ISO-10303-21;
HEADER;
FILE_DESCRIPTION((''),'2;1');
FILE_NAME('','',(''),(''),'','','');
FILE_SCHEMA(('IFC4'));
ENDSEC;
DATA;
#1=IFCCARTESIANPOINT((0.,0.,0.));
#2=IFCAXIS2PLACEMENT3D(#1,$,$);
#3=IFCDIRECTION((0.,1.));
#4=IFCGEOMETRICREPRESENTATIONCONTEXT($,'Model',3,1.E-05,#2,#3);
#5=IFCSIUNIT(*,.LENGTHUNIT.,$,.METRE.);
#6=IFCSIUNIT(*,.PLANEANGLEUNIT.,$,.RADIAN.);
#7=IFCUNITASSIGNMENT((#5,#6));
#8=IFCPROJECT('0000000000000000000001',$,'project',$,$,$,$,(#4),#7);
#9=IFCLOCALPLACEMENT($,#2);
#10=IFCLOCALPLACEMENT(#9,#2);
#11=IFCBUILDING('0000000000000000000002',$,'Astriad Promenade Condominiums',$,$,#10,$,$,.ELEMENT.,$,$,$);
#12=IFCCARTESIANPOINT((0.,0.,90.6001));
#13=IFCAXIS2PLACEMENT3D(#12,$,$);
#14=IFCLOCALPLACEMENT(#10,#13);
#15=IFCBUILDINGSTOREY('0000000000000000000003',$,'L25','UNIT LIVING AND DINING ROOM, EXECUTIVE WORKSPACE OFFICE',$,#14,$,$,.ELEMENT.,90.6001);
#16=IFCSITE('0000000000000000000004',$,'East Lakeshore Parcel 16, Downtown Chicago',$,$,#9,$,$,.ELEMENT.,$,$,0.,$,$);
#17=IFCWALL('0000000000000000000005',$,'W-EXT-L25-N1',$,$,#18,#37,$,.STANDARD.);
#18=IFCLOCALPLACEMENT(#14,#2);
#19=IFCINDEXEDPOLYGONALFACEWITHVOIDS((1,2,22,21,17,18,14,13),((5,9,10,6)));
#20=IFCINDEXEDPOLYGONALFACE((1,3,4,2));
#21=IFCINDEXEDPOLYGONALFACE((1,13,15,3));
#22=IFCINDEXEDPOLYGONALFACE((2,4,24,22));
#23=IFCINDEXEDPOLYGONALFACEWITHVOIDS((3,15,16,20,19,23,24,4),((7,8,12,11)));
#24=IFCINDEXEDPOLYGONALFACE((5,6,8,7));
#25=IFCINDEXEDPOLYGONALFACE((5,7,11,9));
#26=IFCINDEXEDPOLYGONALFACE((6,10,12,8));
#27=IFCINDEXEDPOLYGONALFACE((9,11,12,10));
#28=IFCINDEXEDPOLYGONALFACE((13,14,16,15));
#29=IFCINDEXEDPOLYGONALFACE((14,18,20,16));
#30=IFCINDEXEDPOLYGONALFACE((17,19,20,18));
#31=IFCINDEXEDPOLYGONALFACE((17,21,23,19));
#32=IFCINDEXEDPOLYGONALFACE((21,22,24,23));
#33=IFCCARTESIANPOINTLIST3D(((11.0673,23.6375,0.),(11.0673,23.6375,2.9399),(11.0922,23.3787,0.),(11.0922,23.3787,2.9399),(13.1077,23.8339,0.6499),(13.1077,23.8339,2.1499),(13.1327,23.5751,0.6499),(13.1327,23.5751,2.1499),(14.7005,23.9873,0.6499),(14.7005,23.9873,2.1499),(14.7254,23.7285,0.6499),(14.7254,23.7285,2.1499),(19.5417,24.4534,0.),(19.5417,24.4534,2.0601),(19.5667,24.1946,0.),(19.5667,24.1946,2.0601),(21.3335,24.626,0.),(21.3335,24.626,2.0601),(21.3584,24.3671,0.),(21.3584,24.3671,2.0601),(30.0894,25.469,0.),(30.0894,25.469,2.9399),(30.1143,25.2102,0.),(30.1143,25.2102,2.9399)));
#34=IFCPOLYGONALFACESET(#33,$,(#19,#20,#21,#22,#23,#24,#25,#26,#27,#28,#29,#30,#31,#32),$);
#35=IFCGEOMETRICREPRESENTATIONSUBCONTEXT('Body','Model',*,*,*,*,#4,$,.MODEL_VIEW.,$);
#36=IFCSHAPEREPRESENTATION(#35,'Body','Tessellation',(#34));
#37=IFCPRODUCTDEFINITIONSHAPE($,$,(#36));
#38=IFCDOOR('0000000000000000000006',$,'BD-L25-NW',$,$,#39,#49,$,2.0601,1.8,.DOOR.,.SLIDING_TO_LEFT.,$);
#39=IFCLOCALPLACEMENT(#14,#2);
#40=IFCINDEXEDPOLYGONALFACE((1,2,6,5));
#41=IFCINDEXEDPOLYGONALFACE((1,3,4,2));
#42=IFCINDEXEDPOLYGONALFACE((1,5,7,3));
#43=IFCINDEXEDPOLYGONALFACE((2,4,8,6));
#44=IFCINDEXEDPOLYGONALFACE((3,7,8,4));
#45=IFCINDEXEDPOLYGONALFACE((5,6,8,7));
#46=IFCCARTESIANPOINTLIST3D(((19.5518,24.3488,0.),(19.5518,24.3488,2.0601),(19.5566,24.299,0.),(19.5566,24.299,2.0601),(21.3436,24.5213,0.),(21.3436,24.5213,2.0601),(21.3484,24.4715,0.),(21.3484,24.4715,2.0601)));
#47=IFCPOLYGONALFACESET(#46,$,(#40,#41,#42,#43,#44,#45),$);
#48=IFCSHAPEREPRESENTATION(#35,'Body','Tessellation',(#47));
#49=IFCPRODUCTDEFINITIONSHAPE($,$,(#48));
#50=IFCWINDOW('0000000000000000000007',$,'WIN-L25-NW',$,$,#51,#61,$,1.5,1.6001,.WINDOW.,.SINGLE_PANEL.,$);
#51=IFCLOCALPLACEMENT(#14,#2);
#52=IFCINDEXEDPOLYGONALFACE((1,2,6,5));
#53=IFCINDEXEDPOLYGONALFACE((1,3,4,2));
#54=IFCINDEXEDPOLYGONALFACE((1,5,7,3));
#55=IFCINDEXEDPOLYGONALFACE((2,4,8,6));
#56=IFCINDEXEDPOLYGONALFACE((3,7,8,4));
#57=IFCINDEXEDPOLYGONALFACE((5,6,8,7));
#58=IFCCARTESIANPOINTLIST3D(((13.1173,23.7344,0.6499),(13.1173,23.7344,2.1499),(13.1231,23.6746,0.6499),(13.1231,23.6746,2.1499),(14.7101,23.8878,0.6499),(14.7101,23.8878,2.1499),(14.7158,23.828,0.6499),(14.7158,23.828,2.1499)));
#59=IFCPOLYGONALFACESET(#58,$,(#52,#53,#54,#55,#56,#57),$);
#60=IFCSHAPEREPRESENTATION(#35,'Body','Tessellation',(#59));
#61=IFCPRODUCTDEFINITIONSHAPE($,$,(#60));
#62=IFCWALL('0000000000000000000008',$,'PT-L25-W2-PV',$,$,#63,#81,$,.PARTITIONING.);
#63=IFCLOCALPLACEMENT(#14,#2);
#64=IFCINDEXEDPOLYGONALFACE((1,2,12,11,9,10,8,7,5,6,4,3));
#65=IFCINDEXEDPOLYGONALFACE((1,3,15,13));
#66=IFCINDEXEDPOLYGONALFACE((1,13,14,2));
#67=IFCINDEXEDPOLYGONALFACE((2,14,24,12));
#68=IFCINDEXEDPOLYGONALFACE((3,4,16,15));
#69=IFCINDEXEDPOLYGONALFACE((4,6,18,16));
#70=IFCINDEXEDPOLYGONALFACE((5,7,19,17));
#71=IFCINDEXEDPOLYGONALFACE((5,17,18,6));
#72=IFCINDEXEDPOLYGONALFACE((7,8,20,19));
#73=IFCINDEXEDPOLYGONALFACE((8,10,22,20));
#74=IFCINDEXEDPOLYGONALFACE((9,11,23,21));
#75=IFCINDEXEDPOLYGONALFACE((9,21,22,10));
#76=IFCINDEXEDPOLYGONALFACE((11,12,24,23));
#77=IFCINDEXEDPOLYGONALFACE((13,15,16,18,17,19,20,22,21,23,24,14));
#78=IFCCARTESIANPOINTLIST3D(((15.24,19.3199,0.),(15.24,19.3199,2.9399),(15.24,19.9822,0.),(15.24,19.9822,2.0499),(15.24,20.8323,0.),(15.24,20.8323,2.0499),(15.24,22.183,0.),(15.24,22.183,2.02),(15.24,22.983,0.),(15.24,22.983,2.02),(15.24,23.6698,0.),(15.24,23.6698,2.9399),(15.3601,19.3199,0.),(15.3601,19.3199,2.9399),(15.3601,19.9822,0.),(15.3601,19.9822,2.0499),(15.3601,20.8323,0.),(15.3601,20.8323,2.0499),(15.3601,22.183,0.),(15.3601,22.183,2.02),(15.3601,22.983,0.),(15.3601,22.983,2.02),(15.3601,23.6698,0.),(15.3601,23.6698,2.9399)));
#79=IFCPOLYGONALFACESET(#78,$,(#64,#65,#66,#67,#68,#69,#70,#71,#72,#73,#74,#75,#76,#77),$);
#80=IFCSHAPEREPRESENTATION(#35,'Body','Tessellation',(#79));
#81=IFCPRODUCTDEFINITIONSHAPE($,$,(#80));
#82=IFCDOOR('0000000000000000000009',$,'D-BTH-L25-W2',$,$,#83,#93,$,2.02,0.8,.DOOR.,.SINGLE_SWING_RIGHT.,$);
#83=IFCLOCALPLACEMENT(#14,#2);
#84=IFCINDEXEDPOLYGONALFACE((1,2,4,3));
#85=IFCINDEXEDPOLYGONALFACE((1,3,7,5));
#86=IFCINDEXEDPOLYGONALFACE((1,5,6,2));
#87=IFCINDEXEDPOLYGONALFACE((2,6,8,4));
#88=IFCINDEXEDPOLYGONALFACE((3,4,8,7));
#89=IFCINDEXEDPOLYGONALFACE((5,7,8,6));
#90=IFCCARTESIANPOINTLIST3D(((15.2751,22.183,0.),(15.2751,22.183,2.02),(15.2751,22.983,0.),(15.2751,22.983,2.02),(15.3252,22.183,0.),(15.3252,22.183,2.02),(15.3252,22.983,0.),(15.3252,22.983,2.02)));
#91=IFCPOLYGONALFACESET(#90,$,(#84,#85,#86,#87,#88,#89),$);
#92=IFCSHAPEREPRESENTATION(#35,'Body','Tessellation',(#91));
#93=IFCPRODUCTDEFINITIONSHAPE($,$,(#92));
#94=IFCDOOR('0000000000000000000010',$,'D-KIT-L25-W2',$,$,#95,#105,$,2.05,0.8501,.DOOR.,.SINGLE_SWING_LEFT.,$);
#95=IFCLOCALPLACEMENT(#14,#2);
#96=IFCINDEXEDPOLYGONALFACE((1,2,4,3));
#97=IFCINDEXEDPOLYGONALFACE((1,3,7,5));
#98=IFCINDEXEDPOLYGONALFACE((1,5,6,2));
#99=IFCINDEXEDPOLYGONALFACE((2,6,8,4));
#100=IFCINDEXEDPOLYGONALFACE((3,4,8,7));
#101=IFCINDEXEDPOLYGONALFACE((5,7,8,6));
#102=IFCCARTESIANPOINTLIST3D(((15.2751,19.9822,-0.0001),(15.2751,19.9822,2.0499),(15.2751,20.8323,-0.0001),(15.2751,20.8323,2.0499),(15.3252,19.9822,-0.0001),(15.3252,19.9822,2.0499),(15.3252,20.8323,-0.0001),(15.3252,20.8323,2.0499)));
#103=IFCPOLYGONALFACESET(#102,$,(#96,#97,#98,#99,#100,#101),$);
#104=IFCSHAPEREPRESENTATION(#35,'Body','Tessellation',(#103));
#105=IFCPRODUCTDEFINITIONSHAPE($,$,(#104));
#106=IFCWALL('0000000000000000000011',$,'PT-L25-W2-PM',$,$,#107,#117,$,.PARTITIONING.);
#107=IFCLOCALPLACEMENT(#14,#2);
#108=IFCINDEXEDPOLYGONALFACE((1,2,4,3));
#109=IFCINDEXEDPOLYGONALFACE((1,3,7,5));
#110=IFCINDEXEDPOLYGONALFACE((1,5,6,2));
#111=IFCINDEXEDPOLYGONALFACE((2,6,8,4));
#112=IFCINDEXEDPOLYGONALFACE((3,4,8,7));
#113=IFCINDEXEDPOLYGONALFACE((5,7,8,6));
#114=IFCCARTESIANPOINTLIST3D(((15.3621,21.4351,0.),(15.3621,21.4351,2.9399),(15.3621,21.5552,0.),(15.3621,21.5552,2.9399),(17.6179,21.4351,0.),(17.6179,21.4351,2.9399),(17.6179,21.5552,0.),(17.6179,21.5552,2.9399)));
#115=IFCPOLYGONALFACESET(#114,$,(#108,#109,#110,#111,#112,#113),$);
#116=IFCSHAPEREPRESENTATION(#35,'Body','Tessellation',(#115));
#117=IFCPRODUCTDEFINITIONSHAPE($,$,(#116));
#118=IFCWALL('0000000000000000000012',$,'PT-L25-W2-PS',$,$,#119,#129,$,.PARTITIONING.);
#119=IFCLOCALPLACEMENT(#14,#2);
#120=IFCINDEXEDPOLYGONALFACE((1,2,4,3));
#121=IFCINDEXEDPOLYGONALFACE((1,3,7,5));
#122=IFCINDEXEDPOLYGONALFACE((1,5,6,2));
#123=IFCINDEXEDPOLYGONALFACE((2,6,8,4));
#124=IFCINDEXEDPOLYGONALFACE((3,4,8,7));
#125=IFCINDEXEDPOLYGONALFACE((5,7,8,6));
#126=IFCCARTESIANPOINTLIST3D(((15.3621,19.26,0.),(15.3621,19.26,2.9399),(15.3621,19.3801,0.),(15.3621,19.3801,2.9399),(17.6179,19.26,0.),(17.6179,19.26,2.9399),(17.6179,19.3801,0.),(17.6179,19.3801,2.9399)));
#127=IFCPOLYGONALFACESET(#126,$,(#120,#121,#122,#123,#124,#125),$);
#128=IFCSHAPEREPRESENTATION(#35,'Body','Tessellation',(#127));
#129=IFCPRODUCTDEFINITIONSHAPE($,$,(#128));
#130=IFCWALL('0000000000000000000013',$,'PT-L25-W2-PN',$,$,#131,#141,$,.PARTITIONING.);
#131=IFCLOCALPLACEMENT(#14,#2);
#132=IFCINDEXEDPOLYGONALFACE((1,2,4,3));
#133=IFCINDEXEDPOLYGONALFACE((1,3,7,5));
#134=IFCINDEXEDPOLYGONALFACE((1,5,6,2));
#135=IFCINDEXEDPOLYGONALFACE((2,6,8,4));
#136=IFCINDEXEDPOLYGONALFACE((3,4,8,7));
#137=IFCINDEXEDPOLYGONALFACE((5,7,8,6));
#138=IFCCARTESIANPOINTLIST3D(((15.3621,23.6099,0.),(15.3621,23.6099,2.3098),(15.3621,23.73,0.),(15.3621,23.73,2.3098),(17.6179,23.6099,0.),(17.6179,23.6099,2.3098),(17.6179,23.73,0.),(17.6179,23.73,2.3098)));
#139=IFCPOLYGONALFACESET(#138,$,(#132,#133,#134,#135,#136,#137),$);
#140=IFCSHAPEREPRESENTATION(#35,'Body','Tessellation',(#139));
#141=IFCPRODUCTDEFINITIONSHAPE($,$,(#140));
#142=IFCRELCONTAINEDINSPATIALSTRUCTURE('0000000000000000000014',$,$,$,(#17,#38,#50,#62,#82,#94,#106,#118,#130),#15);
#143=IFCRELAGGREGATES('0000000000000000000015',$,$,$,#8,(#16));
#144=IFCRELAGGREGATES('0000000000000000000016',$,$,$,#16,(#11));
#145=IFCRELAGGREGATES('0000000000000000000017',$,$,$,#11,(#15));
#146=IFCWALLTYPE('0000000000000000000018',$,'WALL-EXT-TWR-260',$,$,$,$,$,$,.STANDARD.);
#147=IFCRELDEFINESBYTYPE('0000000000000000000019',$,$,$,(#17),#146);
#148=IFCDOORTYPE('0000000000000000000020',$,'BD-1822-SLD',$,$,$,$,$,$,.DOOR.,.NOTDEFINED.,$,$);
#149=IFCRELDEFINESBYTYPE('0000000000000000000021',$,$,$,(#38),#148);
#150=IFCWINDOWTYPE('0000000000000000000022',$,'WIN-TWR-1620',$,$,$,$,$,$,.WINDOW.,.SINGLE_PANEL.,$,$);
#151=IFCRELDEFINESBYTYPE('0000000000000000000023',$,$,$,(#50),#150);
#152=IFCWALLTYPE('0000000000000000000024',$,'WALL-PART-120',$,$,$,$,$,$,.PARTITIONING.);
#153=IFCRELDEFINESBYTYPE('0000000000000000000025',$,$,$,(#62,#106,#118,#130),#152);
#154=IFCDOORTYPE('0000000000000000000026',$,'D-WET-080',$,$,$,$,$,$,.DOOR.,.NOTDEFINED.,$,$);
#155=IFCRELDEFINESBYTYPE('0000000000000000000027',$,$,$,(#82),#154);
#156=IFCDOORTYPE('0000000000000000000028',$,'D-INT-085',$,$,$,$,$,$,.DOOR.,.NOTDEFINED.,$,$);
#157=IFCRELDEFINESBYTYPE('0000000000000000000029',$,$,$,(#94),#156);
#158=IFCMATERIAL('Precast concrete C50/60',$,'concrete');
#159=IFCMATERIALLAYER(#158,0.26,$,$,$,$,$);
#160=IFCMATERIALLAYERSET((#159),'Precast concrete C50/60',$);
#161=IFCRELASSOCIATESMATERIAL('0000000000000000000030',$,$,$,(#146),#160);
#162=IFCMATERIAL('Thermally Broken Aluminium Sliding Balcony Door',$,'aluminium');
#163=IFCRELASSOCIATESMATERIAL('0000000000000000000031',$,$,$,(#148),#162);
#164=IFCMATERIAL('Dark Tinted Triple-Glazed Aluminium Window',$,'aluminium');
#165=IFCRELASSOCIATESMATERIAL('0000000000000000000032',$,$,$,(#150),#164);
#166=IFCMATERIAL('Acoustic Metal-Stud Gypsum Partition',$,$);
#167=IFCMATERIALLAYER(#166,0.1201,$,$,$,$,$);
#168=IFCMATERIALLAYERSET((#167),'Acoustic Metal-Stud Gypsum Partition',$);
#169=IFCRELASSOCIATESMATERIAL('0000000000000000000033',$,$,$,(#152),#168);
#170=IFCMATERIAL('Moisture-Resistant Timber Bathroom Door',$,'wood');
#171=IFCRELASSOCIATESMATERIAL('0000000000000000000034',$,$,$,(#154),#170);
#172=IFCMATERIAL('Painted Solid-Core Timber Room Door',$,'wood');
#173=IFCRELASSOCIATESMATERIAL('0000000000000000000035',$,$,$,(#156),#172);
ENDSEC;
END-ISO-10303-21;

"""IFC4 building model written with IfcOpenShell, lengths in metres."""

from ifc_helpers import new_model, si_unit, direction, frame, frame_2d, origin, place, context, subcontext, project, spatial, rectangle, extrude, source, transform, mapped, material, layer, layer_set, type_object, type_shapes, element, fill, save


model = new_model("IFC4")

# Units and contexts
model_context = context("Model", 3, precision=1e-05, world=origin(), true_north=direction((0.0, 1.0)))
body_context = subcontext(model_context, "Body", "Model", "MODEL_VIEW")
ifc_project = project(units=[si_unit("LENGTHUNIT", "METRE"), si_unit("PLANEANGLEUNIT", "RADIAN")], contexts=[model_context])

# Site, building, storey
site_placement = place(None, origin())
site = spatial("IfcSite", under=ifc_project, at=site_placement, Name="East Lakeshore Parcel 16, Downtown Chicago", CompositionType="ELEMENT", RefElevation=0.0)
building_placement = place(site_placement, origin())
building = spatial("IfcBuilding", under=site, at=building_placement, Name="Astriad Promenade Condominiums", CompositionType="ELEMENT")
storey_placement = place(building_placement, frame((0.0, 0.0, 90.6001)))
storey = spatial("IfcBuildingStorey", under=building, at=storey_placement, Name="L25", Description="UNIT LIVING AND DINING ROOM, EXECUTIVE WORKSPACE OFFICE", CompositionType="ELEMENT", Elevation=90.6001)

# Shared definitions
ifc_material_1 = material(Name="Precast concrete C50/60", Category="concrete")
ifc_layer_1 = layer(ifc_material_1, 0.26)
ifc_layer_set_1 = layer_set([ifc_layer_1], Name="Precast concrete C50/60")
wall_type_1 = type_object("IfcWallType", Name="WALL-EXT-TWR-260", PredefinedType="STANDARD", material=ifc_layer_set_1)

# Wall, openings, door, window
wall_1_placement = place(storey_placement, frame((11.0796, 23.5081, 0.0), z_axis=(0.0, 0.0, 1.0), x_axis=(0.995397, 0.095841, 0.0)))
wall_1 = element("IfcWall", 1, at=wall_1_placement, inside=storey, type_object=wall_type_1, Name="W-EXT-L25-N1", PredefinedType="STANDARD", context=body_context, shape_type="SweptSolid", body=[
    extrude(rectangle(XDim=19.1101, YDim=0.26, at=frame_2d((9.5552, 0.0))), origin(), (0.0, 0.0, 1.0), 2.9399),
])
opening_1_placement = place(wall_1_placement, frame((8.5139, 0.0, 0.0)))
opening_1 = element("IfcOpeningElement", 2, at=opening_1_placement, cuts=wall_1, PredefinedType="OPENING", context=body_context, shape_type="SweptSolid", body=[
    extrude(rectangle(XDim=1.8, YDim=2.0601, at=frame_2d((0.8999, 1.03))), frame((0.0, 0.1399, 0.0), z_axis=(0.0, -1.0, 0.0), x_axis=(1.0, 0.0, 0.0)), (0.0, 0.0, 1.0), 0.28),
])
opening_2_placement = place(wall_1_placement, frame((2.05, 0.0, 0.6499)))
opening_2 = element("IfcOpeningElement", 3, at=opening_2_placement, cuts=wall_1, PredefinedType="OPENING", context=body_context, shape_type="SweptSolid", body=[
    extrude(rectangle(XDim=1.6001, YDim=1.5, at=frame_2d((0.8, 0.75))), frame((0.0, 0.1399, 0.0), z_axis=(0.0, -1.0, 0.0), x_axis=(1.0, 0.0, 0.0)), (0.0, 0.0, 1.0), 0.28),
])
ifc_material_2 = material(Name="Thermally Broken Aluminium Sliding Balcony Door", Category="aluminium")
door_type_1 = type_object("IfcDoorType", Name="BD-1822-SLD", OperationType="NOTDEFINED", PredefinedType="DOOR", material=ifc_material_2)
shared_shape_1 = source(origin(), body_context, "Body", "SweptSolid", [
    extrude(rectangle(XDim=1.8, YDim=2.0601, at=frame_2d((0.8999, 1.03))), frame((0.0, 0.0249, 0.0), z_axis=(0.0, -1.0, 0.0), x_axis=(1.0, 0.0, 0.0)), (0.0, 0.0, 1.0), 0.05),
])
type_shapes(door_type_1, [shared_shape_1])
door_1_placement = place(opening_1_placement, origin())
door_1 = element("IfcDoor", 4, at=door_1_placement, inside=storey, type_object=door_type_1, Name="BD-L25-NW", OperationType="SLIDING_TO_LEFT", OverallHeight=2.0601, OverallWidth=1.8, PredefinedType="DOOR", context=body_context, shape_type="MappedRepresentation", body=[
    mapped(shared_shape_1, transform((0.0, 0.0, 0.0), scale=1.0)),
])
fill(opening_1, door_1)
ifc_material_3 = material(Name="Dark Tinted Triple-Glazed Aluminium Window", Category="aluminium")
window_type = type_object("IfcWindowType", Name="WIN-TWR-1620", PartitioningType="SINGLE_PANEL", PredefinedType="WINDOW", material=ifc_material_3)
shared_shape_2 = source(origin(), body_context, "Body", "SweptSolid", [
    extrude(rectangle(XDim=1.6001, YDim=1.5, at=frame_2d((0.8, 0.75))), frame((0.0, 0.03, 0.0), z_axis=(0.0, -1.0, 0.0), x_axis=(1.0, 0.0, 0.0)), (0.0, 0.0, 1.0), 0.0601),
])
type_shapes(window_type, [shared_shape_2])
window_placement = place(opening_2_placement, origin())
window = element("IfcWindow", 5, at=window_placement, inside=storey, type_object=window_type, Name="WIN-L25-NW", OverallHeight=1.5, OverallWidth=1.6001, PartitioningType="SINGLE_PANEL", PredefinedType="WINDOW", context=body_context, shape_type="MappedRepresentation", body=[
    mapped(shared_shape_2, transform((0.0, 0.0, 0.0), scale=1.0)),
])
fill(opening_2, window)

# Wall, openings, doors
ifc_material_4 = material(Name="Acoustic Metal-Stud Gypsum Partition")
ifc_layer_2 = layer(ifc_material_4, 0.1201)
ifc_layer_set_2 = layer_set([ifc_layer_2], Name="Acoustic Metal-Stud Gypsum Partition")
wall_type_2 = type_object("IfcWallType", Name="WALL-PART-120", PredefinedType="PARTITIONING", material=ifc_layer_set_2)
wall_2_placement = place(storey_placement, frame((15.3, 19.3201, 0.0), z_axis=(0.0, 0.0, 1.0), x_axis=(0.0, 1.0, 0.0)))
wall_2 = element("IfcWall", 6, at=wall_2_placement, inside=storey, type_object=wall_type_2, Name="PT-L25-W2-PV", PredefinedType="PARTITIONING", context=body_context, shape_type="SweptSolid", body=[
    extrude(rectangle(XDim=4.3499, YDim=0.1201, at=frame_2d((2.1748, 0.0))), origin(), (0.0, 0.0, 1.0), 2.9399),
])
opening_3_placement = place(wall_2_placement, frame((0.6621, 0.0, 0.0)))
opening_3 = element("IfcOpeningElement", 7, at=opening_3_placement, cuts=wall_2, PredefinedType="OPENING", context=body_context, shape_type="SweptSolid", body=[
    extrude(rectangle(XDim=0.8501, YDim=2.05, at=frame_2d((0.425, 1.0249))), frame((0.0, 0.0701, 0.0), z_axis=(0.0, -1.0, 0.0), x_axis=(1.0, 0.0, 0.0)), (0.0, 0.0, 1.0), 0.1401),
])
opening_4_placement = place(wall_2_placement, frame((2.863, 0.0, 0.0)))
opening_4 = element("IfcOpeningElement", 8, at=opening_4_placement, cuts=wall_2, PredefinedType="OPENING", context=body_context, shape_type="SweptSolid", body=[
    extrude(rectangle(XDim=0.8, YDim=2.02, at=frame_2d((0.3999, 1.01))), frame((0.0, 0.0701, 0.0), z_axis=(0.0, -1.0, 0.0), x_axis=(1.0, 0.0, 0.0)), (0.0, 0.0, 1.0), 0.1401),
])
ifc_material_5 = material(Name="Moisture-Resistant Timber Bathroom Door", Category="wood")
door_type_2 = type_object("IfcDoorType", Name="D-WET-080", OperationType="NOTDEFINED", PredefinedType="DOOR", material=ifc_material_5)
shared_shape_3 = source(origin(), body_context, "Body", "SweptSolid", [
    extrude(rectangle(XDim=0.8, YDim=2.02, at=frame_2d((0.3999, 1.01))), frame((0.0, 0.0249, 0.0), z_axis=(0.0, -1.0, 0.0), x_axis=(1.0, 0.0, 0.0)), (0.0, 0.0, 1.0), 0.05),
])
type_shapes(door_type_2, [shared_shape_3])
door_2_placement = place(opening_4_placement, origin())
door_2 = element("IfcDoor", 9, at=door_2_placement, inside=storey, type_object=door_type_2, Name="D-BTH-L25-W2", OperationType="SINGLE_SWING_RIGHT", OverallHeight=2.02, OverallWidth=0.8, PredefinedType="DOOR", context=body_context, shape_type="MappedRepresentation", body=[
    mapped(shared_shape_3, transform((0.0, 0.0, 0.0), scale=1.0)),
])
fill(opening_4, door_2)
ifc_material_6 = material(Name="Painted Solid-Core Timber Room Door", Category="wood")
door_type_3 = type_object("IfcDoorType", Name="D-INT-085", OperationType="NOTDEFINED", PredefinedType="DOOR", material=ifc_material_6)
shared_shape_4 = source(origin(), body_context, "Body", "SweptSolid", [
    extrude(rectangle(XDim=0.8501, YDim=2.05, at=frame_2d((0.425, 1.0249))), frame((0.0, 0.0249, 0.0), z_axis=(0.0, -1.0, 0.0), x_axis=(1.0, 0.0, 0.0)), (0.0, 0.0, 1.0), 0.05),
])
type_shapes(door_type_3, [shared_shape_4])
door_3_placement = place(opening_3_placement, origin())
door_3 = element("IfcDoor", 10, at=door_3_placement, inside=storey, type_object=door_type_3, Name="D-KIT-L25-W2", OperationType="SINGLE_SWING_LEFT", OverallHeight=2.05, OverallWidth=0.8501, PredefinedType="DOOR", context=body_context, shape_type="MappedRepresentation", body=[
    mapped(shared_shape_4, transform((0.0, 0.0, 0.0), scale=1.0)),
])
fill(opening_3, door_3)

# Walls
for number, where, z_axis, x_axis, name in (
    (11, (15.3621, 21.4951, 0.0), (0.0, 0.0, 1.0), (1.0, 0.0, 0.0), "PT-L25-W2-PM"),
    (12, (15.3621, 19.3201, 0.0), (0.0, 0.0, 1.0), (1.0, 0.0, 0.0), "PT-L25-W2-PS"),
):
    element("IfcWall", number, at=place(storey_placement, frame(where, z_axis=z_axis, x_axis=x_axis)), inside=storey, type_object=wall_type_2, Name=name, PredefinedType="PARTITIONING", context=body_context, shape_type="SweptSolid", body=[
        extrude(rectangle(XDim=2.2559, YDim=0.1201, at=frame_2d((1.1279, 0.0))), origin(), (0.0, 0.0, 1.0), 2.9399),
    ])
wall_3_placement = place(storey_placement, frame((15.3621, 23.6699, 0.0), z_axis=(0.0, 0.0, 1.0), x_axis=(1.0, 0.0, 0.0)))
element("IfcWall", 13, at=wall_3_placement, inside=storey, type_object=wall_type_2, Name="PT-L25-W2-PN", PredefinedType="PARTITIONING", context=body_context, shape_type="SweptSolid", body=[
    extrude(rectangle(XDim=2.2559, YDim=0.1201, at=frame_2d((1.1279, 0.0))), origin(), (0.0, 0.0, 1.0), 2.3098),
])

save(model, "model.ifc")
